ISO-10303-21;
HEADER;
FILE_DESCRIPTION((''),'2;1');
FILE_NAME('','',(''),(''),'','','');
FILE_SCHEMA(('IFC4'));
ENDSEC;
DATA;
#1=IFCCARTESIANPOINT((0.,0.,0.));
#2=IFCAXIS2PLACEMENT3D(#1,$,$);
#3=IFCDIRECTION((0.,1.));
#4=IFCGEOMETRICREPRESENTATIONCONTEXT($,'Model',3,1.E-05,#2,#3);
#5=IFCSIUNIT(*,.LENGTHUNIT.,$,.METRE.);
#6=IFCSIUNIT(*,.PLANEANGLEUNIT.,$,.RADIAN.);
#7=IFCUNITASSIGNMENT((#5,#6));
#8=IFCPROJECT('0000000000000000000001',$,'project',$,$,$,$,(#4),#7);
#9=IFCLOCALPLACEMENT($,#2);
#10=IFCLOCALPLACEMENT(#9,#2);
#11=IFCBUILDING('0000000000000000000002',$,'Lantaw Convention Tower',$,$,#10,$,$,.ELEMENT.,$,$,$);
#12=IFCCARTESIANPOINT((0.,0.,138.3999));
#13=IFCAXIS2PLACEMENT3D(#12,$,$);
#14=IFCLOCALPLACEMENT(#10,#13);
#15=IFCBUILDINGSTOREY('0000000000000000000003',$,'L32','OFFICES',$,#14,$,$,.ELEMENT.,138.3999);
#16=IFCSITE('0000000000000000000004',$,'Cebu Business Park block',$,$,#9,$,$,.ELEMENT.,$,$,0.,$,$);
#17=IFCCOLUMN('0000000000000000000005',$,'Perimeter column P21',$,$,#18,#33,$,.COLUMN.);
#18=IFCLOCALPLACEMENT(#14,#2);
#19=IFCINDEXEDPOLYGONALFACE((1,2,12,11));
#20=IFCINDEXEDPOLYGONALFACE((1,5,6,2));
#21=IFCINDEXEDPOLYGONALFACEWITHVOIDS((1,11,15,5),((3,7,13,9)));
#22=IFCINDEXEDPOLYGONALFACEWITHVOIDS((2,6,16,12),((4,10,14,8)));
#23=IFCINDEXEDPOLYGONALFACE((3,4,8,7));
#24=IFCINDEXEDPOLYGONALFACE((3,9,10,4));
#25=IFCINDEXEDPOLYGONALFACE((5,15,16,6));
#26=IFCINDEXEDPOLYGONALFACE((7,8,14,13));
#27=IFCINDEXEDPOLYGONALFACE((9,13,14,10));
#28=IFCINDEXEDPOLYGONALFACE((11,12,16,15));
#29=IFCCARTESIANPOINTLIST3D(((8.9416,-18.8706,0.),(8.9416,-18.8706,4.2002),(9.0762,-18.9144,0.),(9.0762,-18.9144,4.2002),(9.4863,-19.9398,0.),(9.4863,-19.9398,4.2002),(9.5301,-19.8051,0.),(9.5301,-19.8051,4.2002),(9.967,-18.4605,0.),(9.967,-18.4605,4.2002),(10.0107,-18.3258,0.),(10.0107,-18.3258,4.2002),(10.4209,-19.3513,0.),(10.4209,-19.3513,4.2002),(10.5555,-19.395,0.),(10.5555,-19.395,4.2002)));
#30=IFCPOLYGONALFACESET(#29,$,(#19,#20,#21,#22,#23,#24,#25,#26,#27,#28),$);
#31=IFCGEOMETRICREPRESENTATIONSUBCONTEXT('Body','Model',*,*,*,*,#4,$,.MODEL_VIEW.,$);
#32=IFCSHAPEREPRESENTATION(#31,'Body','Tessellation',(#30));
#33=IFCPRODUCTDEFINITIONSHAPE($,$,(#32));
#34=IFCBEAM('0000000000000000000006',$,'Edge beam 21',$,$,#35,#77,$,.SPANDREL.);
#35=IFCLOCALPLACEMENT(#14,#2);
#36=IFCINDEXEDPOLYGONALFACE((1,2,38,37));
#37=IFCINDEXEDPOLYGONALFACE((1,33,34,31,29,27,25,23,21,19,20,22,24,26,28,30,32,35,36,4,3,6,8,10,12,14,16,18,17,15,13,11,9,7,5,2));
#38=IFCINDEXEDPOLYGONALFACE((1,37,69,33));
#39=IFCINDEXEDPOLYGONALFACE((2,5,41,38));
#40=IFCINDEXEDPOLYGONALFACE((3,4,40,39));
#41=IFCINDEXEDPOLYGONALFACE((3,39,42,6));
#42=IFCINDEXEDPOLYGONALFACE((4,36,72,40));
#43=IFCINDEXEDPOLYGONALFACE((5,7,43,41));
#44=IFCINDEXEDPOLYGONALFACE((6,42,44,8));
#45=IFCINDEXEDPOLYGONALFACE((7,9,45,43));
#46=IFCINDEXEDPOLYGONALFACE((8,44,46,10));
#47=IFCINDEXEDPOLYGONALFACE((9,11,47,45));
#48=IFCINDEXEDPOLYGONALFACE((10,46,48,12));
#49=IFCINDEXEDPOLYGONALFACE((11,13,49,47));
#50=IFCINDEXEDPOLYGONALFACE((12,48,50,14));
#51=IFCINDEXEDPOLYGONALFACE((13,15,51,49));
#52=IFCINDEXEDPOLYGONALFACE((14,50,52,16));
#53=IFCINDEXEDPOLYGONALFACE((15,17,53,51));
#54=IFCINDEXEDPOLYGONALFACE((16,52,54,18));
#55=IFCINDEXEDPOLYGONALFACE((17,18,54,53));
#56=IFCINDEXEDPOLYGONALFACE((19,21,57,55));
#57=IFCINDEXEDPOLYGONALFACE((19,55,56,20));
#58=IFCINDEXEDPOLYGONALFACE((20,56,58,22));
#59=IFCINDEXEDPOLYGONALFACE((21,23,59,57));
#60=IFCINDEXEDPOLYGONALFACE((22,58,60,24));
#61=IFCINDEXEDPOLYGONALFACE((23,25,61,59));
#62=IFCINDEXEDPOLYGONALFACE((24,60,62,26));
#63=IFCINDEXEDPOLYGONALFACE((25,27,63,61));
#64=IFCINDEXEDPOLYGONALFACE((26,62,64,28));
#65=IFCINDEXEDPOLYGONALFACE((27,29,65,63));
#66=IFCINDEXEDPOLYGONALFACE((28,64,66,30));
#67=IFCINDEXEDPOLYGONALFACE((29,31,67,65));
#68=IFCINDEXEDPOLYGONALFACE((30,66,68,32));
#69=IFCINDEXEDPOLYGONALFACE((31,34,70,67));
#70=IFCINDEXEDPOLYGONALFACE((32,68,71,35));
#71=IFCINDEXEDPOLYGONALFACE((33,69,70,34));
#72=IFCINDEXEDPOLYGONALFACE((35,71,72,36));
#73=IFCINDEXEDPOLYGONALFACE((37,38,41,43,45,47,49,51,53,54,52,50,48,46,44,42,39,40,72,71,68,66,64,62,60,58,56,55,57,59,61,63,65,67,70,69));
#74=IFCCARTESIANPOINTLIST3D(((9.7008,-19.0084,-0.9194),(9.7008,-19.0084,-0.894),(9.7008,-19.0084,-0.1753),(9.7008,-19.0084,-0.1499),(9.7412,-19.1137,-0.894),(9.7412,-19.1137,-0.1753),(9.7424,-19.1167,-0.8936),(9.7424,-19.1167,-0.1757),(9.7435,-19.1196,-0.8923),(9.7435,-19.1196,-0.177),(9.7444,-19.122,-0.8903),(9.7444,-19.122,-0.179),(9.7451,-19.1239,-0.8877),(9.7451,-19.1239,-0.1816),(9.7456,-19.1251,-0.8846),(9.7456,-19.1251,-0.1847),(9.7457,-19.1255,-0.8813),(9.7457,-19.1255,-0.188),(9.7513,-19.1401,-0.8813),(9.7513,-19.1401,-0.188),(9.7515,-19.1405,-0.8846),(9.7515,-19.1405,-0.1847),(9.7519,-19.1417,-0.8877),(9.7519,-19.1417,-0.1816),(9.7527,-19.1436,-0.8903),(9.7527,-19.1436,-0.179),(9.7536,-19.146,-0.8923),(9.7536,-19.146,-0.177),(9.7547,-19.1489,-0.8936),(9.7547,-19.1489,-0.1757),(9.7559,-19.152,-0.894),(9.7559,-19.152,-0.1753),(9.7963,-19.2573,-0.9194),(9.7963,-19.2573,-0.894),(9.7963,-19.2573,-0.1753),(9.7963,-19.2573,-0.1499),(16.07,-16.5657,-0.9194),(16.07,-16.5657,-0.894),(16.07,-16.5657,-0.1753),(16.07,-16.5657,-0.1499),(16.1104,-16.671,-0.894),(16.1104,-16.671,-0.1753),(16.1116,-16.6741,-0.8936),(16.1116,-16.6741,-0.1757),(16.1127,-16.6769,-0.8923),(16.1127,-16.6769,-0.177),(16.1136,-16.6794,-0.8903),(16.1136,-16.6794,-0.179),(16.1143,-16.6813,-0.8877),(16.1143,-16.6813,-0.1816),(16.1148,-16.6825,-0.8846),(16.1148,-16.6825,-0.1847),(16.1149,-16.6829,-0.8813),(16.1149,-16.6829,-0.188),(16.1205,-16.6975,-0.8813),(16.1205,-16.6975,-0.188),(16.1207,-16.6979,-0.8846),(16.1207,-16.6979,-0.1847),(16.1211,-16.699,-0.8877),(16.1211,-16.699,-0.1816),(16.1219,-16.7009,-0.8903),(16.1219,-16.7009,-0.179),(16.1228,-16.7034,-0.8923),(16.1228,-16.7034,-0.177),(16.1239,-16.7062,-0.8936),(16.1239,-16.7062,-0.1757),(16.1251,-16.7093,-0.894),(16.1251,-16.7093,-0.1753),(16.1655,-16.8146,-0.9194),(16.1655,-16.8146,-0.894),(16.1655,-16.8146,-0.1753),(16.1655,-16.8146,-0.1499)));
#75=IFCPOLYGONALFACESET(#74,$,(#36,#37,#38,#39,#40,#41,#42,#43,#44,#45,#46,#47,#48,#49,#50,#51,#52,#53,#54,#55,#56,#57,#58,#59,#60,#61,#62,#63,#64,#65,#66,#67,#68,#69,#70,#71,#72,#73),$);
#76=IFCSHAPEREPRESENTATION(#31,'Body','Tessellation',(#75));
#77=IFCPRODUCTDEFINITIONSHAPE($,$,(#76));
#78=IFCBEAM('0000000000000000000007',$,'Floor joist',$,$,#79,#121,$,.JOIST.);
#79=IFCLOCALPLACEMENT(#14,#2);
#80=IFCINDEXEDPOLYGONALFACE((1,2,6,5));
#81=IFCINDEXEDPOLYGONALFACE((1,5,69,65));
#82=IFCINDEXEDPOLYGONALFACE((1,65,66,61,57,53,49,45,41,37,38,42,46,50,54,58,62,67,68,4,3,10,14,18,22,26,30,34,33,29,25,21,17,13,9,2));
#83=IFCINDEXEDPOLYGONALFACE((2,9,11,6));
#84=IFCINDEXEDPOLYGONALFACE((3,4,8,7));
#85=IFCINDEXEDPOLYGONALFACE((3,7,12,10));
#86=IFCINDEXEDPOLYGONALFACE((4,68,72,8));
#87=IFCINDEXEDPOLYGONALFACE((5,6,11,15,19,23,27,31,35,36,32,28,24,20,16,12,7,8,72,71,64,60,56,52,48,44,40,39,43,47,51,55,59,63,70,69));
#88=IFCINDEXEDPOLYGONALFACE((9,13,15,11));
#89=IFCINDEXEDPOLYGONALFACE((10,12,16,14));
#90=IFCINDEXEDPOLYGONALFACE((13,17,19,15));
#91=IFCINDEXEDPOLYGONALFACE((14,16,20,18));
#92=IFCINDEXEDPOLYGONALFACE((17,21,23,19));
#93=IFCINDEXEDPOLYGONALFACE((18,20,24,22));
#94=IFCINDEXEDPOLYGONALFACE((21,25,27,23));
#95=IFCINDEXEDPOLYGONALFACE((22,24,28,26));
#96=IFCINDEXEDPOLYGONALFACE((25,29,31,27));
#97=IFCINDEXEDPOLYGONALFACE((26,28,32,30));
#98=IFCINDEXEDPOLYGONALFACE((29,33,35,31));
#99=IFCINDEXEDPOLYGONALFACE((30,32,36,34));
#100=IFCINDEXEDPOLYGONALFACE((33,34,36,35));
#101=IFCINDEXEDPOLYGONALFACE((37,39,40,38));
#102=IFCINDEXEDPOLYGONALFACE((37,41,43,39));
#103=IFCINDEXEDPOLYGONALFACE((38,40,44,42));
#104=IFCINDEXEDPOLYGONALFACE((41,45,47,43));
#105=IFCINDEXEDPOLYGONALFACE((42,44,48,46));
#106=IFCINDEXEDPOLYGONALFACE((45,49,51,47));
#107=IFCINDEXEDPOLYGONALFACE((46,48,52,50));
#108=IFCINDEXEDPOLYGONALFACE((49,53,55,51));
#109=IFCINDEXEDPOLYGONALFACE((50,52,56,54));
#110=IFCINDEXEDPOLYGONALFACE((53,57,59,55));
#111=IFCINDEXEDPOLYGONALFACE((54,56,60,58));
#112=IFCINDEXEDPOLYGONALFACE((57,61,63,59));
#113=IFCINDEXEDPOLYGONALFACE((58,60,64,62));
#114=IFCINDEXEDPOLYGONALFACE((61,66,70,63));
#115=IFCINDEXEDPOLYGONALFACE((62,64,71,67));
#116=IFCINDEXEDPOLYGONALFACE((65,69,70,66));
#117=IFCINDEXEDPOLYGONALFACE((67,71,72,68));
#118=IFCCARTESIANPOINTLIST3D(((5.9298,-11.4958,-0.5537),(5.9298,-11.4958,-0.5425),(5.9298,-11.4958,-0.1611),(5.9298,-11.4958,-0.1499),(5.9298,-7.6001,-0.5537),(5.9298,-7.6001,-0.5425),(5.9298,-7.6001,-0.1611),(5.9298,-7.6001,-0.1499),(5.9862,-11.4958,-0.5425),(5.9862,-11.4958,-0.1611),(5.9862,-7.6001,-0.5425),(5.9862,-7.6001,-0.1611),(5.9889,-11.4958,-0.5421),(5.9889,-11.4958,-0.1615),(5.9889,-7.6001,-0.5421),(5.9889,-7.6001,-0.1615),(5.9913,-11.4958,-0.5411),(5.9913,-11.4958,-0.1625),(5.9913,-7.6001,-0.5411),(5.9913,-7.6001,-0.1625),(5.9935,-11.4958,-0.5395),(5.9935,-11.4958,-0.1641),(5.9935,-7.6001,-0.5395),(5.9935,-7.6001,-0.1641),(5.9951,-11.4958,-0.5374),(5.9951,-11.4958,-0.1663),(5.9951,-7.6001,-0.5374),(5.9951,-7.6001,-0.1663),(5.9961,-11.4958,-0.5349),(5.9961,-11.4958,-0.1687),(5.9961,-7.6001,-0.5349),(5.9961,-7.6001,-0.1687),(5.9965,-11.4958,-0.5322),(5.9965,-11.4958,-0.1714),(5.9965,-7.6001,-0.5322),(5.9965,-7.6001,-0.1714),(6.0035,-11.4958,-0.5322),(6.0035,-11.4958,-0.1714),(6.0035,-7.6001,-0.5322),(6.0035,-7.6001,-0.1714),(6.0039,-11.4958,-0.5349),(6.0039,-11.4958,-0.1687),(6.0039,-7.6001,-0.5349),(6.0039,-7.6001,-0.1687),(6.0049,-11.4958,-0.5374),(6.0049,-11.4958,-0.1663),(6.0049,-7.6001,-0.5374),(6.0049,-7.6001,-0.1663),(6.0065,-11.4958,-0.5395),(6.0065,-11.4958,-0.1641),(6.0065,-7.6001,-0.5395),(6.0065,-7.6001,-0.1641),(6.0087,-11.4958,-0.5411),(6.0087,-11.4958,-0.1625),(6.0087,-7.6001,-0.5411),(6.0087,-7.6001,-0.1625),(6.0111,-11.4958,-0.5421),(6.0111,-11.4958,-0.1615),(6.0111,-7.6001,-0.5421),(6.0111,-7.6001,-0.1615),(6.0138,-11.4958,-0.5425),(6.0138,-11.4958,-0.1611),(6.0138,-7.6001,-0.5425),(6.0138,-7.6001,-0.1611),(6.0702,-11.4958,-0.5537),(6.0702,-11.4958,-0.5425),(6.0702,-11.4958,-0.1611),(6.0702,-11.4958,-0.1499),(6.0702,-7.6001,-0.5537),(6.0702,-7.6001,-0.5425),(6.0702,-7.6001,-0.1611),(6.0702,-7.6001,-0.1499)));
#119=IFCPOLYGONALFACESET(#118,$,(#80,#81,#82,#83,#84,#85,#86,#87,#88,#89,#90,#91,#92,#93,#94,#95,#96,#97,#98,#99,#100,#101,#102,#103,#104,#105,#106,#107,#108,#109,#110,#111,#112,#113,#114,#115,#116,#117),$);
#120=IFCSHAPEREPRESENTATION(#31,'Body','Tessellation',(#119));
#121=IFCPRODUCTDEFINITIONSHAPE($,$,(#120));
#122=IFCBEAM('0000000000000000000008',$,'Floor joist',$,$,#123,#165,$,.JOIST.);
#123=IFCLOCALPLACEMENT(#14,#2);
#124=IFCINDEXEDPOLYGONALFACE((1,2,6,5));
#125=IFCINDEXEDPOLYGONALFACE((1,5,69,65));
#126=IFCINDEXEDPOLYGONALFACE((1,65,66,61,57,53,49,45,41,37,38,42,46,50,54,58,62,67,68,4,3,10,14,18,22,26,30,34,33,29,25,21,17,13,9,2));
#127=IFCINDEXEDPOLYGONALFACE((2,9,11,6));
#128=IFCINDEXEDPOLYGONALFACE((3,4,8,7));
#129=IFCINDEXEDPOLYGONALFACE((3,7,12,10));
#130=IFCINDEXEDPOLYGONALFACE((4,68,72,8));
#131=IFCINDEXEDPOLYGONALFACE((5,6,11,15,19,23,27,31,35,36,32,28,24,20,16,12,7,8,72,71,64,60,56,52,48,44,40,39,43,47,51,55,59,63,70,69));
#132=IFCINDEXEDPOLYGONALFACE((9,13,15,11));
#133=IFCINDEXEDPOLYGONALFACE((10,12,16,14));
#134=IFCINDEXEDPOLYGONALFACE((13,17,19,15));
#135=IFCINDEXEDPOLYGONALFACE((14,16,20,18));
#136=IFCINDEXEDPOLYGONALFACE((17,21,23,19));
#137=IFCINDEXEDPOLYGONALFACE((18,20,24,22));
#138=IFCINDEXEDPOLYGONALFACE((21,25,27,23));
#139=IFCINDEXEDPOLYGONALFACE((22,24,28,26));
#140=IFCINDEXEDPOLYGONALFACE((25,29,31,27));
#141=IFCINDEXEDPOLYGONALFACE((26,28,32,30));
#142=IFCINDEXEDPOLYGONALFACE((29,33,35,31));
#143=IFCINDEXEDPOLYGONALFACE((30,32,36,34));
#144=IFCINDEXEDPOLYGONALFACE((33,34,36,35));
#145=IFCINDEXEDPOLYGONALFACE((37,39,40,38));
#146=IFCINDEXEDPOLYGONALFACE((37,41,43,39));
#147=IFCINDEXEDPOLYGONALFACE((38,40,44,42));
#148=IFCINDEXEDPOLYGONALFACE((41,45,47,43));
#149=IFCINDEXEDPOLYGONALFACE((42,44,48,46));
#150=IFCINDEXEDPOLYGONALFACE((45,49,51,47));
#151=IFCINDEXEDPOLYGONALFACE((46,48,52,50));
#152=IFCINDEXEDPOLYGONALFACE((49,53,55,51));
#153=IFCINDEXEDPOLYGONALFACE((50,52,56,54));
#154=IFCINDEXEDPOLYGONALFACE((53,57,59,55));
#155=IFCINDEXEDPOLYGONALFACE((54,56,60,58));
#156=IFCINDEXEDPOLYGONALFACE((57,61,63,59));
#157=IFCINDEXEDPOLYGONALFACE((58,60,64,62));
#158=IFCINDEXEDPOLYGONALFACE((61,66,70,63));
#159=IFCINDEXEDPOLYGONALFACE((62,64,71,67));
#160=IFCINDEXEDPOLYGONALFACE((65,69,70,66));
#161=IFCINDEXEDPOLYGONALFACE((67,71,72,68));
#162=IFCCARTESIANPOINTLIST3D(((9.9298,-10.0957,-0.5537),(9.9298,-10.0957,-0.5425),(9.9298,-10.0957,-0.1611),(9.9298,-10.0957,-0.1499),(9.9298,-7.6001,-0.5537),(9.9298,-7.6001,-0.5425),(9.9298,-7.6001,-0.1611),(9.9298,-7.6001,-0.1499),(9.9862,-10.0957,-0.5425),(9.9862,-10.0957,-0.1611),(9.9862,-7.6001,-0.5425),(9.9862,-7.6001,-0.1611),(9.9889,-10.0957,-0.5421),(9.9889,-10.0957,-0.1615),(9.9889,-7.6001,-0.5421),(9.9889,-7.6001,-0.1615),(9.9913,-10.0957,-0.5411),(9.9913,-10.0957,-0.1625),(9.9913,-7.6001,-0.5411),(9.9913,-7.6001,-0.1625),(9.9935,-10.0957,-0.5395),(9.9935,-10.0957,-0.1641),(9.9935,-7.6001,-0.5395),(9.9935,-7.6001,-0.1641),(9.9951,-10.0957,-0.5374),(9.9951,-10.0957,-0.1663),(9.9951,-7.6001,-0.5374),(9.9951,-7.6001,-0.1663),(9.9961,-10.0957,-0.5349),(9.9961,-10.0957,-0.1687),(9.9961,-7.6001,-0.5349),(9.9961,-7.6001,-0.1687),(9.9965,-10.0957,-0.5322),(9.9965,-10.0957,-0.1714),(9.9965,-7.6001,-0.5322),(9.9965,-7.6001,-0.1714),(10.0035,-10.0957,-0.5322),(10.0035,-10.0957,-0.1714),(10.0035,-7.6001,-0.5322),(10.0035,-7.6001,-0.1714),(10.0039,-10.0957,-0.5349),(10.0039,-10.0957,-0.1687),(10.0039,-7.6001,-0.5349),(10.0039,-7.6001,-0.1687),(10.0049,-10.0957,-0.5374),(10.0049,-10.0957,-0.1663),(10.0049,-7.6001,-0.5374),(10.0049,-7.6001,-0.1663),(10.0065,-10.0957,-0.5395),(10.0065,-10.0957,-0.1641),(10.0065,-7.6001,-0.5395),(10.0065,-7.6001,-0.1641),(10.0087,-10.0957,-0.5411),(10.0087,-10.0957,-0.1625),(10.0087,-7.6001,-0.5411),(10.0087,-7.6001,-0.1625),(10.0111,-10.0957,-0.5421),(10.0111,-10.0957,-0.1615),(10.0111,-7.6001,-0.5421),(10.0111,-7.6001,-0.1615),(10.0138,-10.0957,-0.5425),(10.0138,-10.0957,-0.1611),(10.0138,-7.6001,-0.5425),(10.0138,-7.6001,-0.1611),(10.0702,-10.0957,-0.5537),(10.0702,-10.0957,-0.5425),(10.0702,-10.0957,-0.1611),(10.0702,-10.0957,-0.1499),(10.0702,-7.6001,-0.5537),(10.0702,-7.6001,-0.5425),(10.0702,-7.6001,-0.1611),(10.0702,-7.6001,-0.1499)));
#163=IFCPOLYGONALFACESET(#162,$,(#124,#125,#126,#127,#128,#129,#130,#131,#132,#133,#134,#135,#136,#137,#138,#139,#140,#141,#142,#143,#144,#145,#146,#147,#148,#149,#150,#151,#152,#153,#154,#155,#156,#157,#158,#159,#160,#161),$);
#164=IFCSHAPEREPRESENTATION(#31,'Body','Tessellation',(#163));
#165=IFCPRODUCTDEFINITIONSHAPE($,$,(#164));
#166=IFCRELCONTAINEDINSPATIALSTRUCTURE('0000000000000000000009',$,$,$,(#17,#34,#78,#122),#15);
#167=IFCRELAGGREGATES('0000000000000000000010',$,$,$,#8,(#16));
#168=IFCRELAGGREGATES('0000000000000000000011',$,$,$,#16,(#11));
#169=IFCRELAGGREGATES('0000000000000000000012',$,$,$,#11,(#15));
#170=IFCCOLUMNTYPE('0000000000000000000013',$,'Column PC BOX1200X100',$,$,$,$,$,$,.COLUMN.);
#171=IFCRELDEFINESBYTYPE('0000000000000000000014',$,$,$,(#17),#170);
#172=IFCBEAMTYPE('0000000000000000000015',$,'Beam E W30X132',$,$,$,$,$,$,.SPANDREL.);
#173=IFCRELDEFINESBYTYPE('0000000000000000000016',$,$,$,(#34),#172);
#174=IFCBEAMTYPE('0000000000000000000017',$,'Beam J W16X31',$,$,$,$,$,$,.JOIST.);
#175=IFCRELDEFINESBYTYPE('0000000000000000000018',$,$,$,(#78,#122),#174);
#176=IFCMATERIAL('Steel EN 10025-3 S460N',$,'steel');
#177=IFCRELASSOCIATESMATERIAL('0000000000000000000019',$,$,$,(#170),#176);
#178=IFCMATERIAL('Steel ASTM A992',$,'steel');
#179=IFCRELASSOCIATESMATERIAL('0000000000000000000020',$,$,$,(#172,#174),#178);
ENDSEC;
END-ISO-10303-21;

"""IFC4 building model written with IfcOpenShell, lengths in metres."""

from ifc_helpers import new_model, si_unit, direction, frame, origin, origin_2d, place, context, subcontext, project, spatial, rectangle, hollow_rectangle, i_section, extrude, material, material_profile, profile_set, type_object, element, save


model = new_model("IFC4")

# Units and contexts
model_context = context("Model", 3, precision=1e-05, world=origin(), true_north=direction((0.0, 1.0)))
body_context = subcontext(model_context, "Body", "Model", "MODEL_VIEW")
ifc_project = project(units=[si_unit("LENGTHUNIT", "METRE"), si_unit("PLANEANGLEUNIT", "RADIAN")], contexts=[model_context])

# Site, building, storey
site_placement = place(None, origin())
site = spatial("IfcSite", under=ifc_project, at=site_placement, Name="Cebu Business Park block", CompositionType="ELEMENT", RefElevation=0.0)
building_placement = place(site_placement, origin())
building = spatial("IfcBuilding", under=site, at=building_placement, Name="Lantaw Convention Tower", CompositionType="ELEMENT")
storey_placement = place(building_placement, frame((0.0, 0.0, 138.3999)))
storey = spatial("IfcBuildingStorey", under=building, at=storey_placement, Name="L32", Description="OFFICES", CompositionType="ELEMENT", Elevation=138.3999)

# Column
ifc_material_1 = material(Name="Steel EN 10025-3 S460N", Category="steel")
ifc_material_profile_1 = material_profile(ifc_material_1, hollow_rectangle(XDim=1.2, YDim=1.2, WallThickness=0.1001, at=origin_2d()), Name="BOX1200X100")
ifc_material_2 = material(Name="Concrete C60/75", Category="concrete")
ifc_material_profile_2 = material_profile(ifc_material_2, rectangle(XDim=1.0, YDim=1.0, at=origin_2d()), Name="Concrete fill of BOX1200X100")
ifc_profile_set_1 = profile_set([ifc_material_profile_1, ifc_material_profile_2], Name="Steel EN 10025-3 S460N")
column_type = type_object("IfcColumnType", Name="Column PC BOX1200X100", PredefinedType="COLUMN", material=ifc_profile_set_1)
column_placement = place(storey_placement, frame((9.7485, -19.1328, 0.0), z_axis=(0.0, 0.0, 1.0), x_axis=(0.891007, 0.45399, 0.0)))
element("IfcColumn", 1, at=column_placement, inside=storey, type_object=column_type, Name="Perimeter column P21", PredefinedType="COLUMN", context=body_context, shape_type="SweptSolid", body=[
    extrude(hollow_rectangle(XDim=1.2, YDim=1.2, WallThickness=0.1001, at=origin_2d()), origin(), (0.0, 0.0, 1.0), 4.2002),
])

# Beams
ifc_material_3 = material(Name="Steel ASTM A992", Category="steel")
ifc_material_profile_3 = material_profile(ifc_material_3, i_section(OverallWidth=0.2666, OverallDepth=0.7695, WebThickness=0.0156, FlangeThickness=0.0254, FilletRadius=0.0127, at=origin_2d()), Name="W30X132")
ifc_profile_set_2 = profile_set([ifc_material_profile_3], Name="Steel ASTM A992")
beam_type_1 = type_object("IfcBeamType", Name="Beam E W30X132", PredefinedType="SPANDREL", material=ifc_profile_set_2)
beam_1_placement = place(storey_placement, frame((9.7485, -19.1328, -0.5347), z_axis=(0.933691, 0.35808, 0.0), x_axis=(-0.35808, 0.933691, 0.0)))
element("IfcBeam", 2, at=beam_1_placement, inside=storey, type_object=beam_type_1, Name="Edge beam 21", PredefinedType="SPANDREL", context=body_context, shape_type="SweptSolid", body=[
    extrude(i_section(OverallWidth=0.2666, OverallDepth=0.7695, WebThickness=0.0156, FlangeThickness=0.0254, FilletRadius=0.0127, at=origin_2d()), origin(), (0.0, 0.0, 1.0), 6.8215),
])
ifc_material_profile_4 = material_profile(ifc_material_3, i_section(OverallWidth=0.1404, OverallDepth=0.4038, WebThickness=0.0071, FlangeThickness=0.0112, FilletRadius=0.0103, at=origin_2d()), Name="W16X31")
ifc_profile_set_3 = profile_set([ifc_material_profile_4], Name="Steel ASTM A992")
beam_type_2 = type_object("IfcBeamType", Name="Beam J W16X31", PredefinedType="JOIST", material=ifc_profile_set_3)
beam_2_placement = place(storey_placement, frame((6.0, -11.4958, -0.3518), z_axis=(0.0, 1.0, 0.0), x_axis=(-1.0, 0.0, 0.0)))
element("IfcBeam", 3, at=beam_2_placement, inside=storey, type_object=beam_type_2, Name="Floor joist", PredefinedType="JOIST", context=body_context, shape_type="SweptSolid", body=[
    extrude(i_section(OverallWidth=0.1404, OverallDepth=0.4038, WebThickness=0.0071, FlangeThickness=0.0112, FilletRadius=0.0103, at=origin_2d()), origin(), (0.0, 0.0, 1.0), 3.8958),
])
beam_3_placement = place(storey_placement, frame((10.0, -10.0957, -0.3518), z_axis=(0.0, 1.0, 0.0), x_axis=(-1.0, 0.0, 0.0)))
element("IfcBeam", 4, at=beam_3_placement, inside=storey, type_object=beam_type_2, Name="Floor joist", PredefinedType="JOIST", context=body_context, shape_type="SweptSolid", body=[
    extrude(i_section(OverallWidth=0.1404, OverallDepth=0.4038, WebThickness=0.0071, FlangeThickness=0.0112, FilletRadius=0.0103, at=origin_2d()), origin(), (0.0, 0.0, 1.0), 2.4956),
])

save(model, "model.ifc")
